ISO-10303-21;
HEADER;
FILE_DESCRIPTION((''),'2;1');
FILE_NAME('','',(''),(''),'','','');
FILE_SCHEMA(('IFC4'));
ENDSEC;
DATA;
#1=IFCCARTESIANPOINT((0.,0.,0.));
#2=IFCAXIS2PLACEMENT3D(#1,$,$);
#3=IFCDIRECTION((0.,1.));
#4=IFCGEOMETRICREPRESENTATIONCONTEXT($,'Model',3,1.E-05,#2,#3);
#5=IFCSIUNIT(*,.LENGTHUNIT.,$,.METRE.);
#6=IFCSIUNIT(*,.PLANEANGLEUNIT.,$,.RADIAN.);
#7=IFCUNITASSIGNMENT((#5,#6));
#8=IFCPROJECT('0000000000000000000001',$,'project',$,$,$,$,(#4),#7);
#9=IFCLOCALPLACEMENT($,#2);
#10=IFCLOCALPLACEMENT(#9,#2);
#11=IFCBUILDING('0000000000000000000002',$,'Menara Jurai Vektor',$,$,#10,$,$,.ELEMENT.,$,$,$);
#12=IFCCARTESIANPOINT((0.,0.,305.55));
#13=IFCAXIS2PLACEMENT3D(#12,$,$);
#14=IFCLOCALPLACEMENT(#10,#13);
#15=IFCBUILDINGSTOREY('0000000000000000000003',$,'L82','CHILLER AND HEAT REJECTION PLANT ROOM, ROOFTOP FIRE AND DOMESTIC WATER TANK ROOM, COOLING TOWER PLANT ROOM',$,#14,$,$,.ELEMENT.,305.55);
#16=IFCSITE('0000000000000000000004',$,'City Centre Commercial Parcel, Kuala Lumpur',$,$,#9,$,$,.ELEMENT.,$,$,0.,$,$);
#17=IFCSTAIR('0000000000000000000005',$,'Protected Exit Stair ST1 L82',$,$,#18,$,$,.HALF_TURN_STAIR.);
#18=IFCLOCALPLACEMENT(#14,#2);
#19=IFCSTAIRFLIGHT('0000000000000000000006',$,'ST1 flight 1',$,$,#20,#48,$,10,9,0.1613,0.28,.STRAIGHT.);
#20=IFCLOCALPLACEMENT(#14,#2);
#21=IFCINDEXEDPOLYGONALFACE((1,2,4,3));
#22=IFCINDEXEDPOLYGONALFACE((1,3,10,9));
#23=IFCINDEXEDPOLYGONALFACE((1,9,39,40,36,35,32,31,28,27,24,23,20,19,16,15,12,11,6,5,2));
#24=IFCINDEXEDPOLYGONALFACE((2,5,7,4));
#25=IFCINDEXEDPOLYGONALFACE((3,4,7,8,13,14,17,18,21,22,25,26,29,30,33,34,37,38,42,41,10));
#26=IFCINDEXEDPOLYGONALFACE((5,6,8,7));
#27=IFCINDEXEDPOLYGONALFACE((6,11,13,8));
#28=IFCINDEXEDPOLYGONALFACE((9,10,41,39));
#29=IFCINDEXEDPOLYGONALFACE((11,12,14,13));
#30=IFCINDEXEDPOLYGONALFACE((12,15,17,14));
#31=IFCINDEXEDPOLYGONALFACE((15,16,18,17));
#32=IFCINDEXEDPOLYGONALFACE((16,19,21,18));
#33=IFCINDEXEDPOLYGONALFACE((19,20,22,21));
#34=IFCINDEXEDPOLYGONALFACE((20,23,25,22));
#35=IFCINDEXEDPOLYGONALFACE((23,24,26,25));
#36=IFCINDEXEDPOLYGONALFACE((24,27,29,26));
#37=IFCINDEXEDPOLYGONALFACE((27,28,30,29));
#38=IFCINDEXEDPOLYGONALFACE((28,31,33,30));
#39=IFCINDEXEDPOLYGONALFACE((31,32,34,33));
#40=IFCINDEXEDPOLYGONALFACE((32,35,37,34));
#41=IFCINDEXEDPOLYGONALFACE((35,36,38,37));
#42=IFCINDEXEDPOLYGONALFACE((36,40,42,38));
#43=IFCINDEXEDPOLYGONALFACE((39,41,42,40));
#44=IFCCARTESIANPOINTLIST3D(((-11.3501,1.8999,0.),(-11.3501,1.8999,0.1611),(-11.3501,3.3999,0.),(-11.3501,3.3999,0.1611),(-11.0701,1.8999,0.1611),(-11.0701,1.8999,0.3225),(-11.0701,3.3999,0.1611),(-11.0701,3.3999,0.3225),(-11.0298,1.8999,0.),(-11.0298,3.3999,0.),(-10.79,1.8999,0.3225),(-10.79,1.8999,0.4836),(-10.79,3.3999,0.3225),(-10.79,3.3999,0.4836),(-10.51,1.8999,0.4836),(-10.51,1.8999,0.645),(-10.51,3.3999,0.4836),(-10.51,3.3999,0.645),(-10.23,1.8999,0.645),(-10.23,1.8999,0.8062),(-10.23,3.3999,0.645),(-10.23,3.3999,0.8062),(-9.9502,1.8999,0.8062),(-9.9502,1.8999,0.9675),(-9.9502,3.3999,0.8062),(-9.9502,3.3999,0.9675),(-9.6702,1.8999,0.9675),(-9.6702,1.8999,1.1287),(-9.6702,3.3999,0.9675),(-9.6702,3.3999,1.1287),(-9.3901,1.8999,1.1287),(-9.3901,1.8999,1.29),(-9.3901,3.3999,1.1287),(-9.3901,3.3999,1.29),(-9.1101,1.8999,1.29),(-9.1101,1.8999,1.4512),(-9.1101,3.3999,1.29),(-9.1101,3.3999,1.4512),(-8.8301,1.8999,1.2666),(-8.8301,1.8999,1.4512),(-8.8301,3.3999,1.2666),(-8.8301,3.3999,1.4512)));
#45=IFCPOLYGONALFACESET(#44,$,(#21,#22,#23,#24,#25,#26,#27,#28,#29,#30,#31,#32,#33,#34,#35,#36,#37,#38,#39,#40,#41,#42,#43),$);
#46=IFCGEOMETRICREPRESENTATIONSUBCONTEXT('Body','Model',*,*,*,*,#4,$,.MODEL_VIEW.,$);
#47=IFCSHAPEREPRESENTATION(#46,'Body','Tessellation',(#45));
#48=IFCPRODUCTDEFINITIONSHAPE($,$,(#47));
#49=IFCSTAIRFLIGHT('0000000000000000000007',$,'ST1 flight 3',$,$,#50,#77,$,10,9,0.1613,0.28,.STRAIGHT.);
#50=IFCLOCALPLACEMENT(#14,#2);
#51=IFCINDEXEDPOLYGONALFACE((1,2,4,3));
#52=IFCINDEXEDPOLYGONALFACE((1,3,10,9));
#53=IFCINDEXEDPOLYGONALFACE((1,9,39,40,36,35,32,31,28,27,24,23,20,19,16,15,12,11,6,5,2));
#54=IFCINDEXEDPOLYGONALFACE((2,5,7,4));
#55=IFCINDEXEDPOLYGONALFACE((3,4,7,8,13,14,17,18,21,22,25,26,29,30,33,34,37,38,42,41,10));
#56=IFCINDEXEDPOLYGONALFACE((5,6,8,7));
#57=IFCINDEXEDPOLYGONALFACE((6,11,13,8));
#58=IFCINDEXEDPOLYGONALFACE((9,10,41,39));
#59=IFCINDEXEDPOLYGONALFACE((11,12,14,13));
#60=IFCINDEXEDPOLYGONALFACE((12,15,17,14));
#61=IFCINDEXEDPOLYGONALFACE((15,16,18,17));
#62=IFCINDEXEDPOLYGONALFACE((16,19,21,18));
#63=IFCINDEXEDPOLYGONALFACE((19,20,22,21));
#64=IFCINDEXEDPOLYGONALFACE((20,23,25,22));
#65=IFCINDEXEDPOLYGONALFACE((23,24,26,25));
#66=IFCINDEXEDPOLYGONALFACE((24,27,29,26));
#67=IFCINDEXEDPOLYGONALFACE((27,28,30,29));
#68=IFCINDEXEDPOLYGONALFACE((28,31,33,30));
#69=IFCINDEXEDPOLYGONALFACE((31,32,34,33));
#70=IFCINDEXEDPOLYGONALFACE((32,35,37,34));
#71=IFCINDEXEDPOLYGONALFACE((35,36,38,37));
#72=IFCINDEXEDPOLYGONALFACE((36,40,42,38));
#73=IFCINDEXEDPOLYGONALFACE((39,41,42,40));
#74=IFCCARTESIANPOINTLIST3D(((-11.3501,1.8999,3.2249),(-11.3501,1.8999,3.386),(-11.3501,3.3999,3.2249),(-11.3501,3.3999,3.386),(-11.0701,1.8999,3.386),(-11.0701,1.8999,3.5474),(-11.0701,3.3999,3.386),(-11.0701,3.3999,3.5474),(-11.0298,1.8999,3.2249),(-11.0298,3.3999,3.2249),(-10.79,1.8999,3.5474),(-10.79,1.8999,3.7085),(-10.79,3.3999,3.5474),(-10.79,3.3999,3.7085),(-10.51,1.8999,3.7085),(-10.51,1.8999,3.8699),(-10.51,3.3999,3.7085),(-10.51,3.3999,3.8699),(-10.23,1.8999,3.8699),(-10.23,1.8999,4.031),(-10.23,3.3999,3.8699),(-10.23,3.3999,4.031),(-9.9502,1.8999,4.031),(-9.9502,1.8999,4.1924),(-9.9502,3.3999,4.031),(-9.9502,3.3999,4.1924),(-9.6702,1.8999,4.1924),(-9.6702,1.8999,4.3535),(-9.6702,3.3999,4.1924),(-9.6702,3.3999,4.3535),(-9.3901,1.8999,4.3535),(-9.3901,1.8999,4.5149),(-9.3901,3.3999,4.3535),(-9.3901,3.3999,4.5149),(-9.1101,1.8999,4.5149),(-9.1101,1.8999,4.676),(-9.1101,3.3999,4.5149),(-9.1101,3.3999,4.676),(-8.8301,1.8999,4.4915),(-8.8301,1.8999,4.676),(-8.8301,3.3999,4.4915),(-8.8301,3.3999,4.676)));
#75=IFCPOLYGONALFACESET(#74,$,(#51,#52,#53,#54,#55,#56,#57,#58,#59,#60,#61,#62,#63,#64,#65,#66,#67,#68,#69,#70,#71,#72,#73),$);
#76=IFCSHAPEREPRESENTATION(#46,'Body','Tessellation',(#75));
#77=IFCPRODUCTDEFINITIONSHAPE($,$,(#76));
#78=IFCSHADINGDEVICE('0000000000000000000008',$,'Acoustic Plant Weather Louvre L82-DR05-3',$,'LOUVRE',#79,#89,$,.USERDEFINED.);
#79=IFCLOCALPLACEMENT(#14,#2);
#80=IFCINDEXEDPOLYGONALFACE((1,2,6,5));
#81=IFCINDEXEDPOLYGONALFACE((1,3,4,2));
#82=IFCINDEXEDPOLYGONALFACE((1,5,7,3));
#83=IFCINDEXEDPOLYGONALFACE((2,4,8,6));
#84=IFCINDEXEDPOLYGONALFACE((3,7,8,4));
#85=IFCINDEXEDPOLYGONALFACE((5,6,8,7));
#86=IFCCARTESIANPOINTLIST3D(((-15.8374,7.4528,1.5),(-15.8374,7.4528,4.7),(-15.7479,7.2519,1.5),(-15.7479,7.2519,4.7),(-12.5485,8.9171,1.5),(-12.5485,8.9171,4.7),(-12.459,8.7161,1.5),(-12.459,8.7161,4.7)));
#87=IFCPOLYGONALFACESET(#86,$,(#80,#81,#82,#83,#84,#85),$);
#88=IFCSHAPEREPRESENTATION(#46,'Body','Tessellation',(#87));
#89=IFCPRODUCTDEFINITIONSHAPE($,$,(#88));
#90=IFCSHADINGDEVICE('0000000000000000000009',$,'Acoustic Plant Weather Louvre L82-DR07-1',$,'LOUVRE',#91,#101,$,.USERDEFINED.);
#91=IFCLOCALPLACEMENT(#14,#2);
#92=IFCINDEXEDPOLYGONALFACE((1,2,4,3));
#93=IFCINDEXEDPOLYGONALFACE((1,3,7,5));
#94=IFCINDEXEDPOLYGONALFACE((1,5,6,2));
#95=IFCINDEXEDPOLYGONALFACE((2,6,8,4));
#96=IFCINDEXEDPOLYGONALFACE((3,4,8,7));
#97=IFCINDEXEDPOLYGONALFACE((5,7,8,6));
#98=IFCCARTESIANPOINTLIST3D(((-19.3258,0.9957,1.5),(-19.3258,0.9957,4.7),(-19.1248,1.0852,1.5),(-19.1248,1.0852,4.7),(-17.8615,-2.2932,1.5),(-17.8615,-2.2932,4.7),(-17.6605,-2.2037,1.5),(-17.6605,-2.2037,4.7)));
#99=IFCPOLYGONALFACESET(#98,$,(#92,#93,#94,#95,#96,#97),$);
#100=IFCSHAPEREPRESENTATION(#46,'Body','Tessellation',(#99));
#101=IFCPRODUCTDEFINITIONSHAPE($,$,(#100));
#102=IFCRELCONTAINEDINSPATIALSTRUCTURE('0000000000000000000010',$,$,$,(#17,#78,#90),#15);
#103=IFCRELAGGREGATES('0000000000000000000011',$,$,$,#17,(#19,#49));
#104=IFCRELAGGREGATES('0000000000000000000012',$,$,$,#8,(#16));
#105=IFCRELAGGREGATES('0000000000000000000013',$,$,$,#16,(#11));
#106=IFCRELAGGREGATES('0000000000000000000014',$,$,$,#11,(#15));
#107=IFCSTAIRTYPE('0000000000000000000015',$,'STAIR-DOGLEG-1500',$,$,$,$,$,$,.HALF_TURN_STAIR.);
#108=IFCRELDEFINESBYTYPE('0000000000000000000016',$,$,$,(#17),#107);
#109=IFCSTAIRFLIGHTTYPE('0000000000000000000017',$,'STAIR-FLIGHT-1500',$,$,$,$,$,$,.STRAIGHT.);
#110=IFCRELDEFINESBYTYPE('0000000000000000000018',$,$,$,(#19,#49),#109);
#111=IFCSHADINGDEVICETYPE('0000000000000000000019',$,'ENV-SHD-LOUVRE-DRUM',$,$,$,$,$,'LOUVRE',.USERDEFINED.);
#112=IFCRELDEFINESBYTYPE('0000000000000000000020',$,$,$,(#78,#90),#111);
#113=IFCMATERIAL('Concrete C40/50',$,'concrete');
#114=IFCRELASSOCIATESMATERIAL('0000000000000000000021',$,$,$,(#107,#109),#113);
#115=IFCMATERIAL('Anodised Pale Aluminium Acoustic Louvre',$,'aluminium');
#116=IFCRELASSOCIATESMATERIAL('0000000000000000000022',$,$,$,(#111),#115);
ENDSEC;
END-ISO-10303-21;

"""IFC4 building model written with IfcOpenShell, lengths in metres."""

from ifc_helpers import new_model, si_unit, direction, frame, origin, origin_2d, place, context, subcontext, project, spatial, polyline, rectangle, outline, extrude, material, type_object, element, aggregate, save


model = new_model("IFC4")

# Units and contexts
model_context = context("Model", 3, precision=1e-05, world=origin(), true_north=direction((0.0, 1.0)))
body_context = subcontext(model_context, "Body", "Model", "MODEL_VIEW")
ifc_project = project(units=[si_unit("LENGTHUNIT", "METRE"), si_unit("PLANEANGLEUNIT", "RADIAN")], contexts=[model_context])

# Site, building, storey
site_placement = place(None, origin())
site = spatial("IfcSite", under=ifc_project, at=site_placement, Name="City Centre Commercial Parcel, Kuala Lumpur", CompositionType="ELEMENT", RefElevation=0.0)
building_placement = place(site_placement, origin())
building = spatial("IfcBuilding", under=site, at=building_placement, Name="Menara Jurai Vektor", CompositionType="ELEMENT")
storey_placement = place(building_placement, frame((0.0, 0.0, 305.55)))
storey = spatial("IfcBuildingStorey", under=building, at=storey_placement, Name="L82", Description="CHILLER AND HEAT REJECTION PLANT ROOM, ROOFTOP FIRE AND DOMESTIC WATER TANK ROOM, COOLING TOWER PLANT ROOM", CompositionType="ELEMENT", Elevation=305.55)

# Shared definitions
ifc_material_1 = material(Name="Concrete C40/50", Category="concrete")

# Stair, stair flights
stair_type = type_object("IfcStairType", Name="STAIR-DOGLEG-1500", PredefinedType="HALF_TURN_STAIR", material=ifc_material_1)
stair_placement = place(storey_placement, origin())
stair = element("IfcStair", 1, at=stair_placement, inside=storey, type_object=stair_type, Name="Protected Exit Stair ST1 L82", PredefinedType="HALF_TURN_STAIR")
stair_flight_type = type_object("IfcStairFlightType", Name="STAIR-FLIGHT-1500", PredefinedType="STRAIGHT", material=ifc_material_1)
stair_flight_1_placement = place(storey_placement, frame((-11.3501, 2.6499, 0.0), z_axis=(0.0, 0.0, 1.0), x_axis=(1.0, 0.0, 0.0)))
stair_flight_1 = element("IfcStairFlight", 2, at=stair_flight_1_placement, type_object=stair_flight_type, Name="ST1 flight 1", NumberOfRisers=10, NumberOfTreads=9, PredefinedType="STRAIGHT", RiserHeight=0.1613, TreadLength=0.28, context=body_context, shape_type="SweptSolid", body=[
    extrude(outline(polyline([(0.0, 0.0), (0.0, 0.1611), (0.28, 0.1611), (0.28, 0.3225), (0.5601, 0.3225), (0.5601, 0.4836), (0.8401, 0.4836), (0.8401, 0.645), (1.1201, 0.645), (1.1201, 0.8062), (1.3999, 0.8062), (1.3999, 0.9675), (1.6799, 0.9675), (1.6799, 1.1287), (1.96, 1.1287), (1.96, 1.29), (2.24, 1.29), (2.24, 1.4512), (2.52, 1.4512), (2.52, 1.6125), (2.52, 1.2666), (0.3203, 0.0), (0.0, 0.0)])), frame((0.0, 0.75, 0.0), z_axis=(0.0, -1.0, 0.0), x_axis=(1.0, 0.0, 0.0)), (0.0, 0.0, 1.0), 1.5),
])
stair_flight_2_placement = place(storey_placement, frame((-11.3501, 2.6499, 3.2249), z_axis=(0.0, 0.0, 1.0), x_axis=(1.0, 0.0, 0.0)))
stair_flight_2 = element("IfcStairFlight", 3, at=stair_flight_2_placement, type_object=stair_flight_type, Name="ST1 flight 3", NumberOfRisers=10, NumberOfTreads=9, PredefinedType="STRAIGHT", RiserHeight=0.1613, TreadLength=0.28, context=body_context, shape_type="SweptSolid", body=[
    extrude(outline(polyline([(0.0, 0.0), (0.0, 0.1611), (0.28, 0.1611), (0.28, 0.3225), (0.5601, 0.3225), (0.5601, 0.4836), (0.8401, 0.4836), (0.8401, 0.645), (1.1201, 0.645), (1.1201, 0.8062), (1.3999, 0.8062), (1.3999, 0.9675), (1.6799, 0.9675), (1.6799, 1.1287), (1.96, 1.1287), (1.96, 1.29), (2.24, 1.29), (2.24, 1.4512), (2.52, 1.4512), (2.52, 1.6125), (2.52, 1.2666), (0.3203, 0.0), (0.0, 0.0)])), frame((0.0, 0.75, 0.0), z_axis=(0.0, -1.0, 0.0), x_axis=(1.0, 0.0, 0.0)), (0.0, 0.0, 1.0), 1.5),
])
aggregate(stair, [stair_flight_1, stair_flight_2])

# Shading devices
ifc_material_2 = material(Name="Anodised Pale Aluminium Acoustic Louvre", Category="aluminium")
shading_device_type = type_object("IfcShadingDeviceType", Name="ENV-SHD-LOUVRE-DRUM", ElementType="LOUVRE", PredefinedType="USERDEFINED", material=ifc_material_2)
for number, where, z_axis, x_axis, name in (
    (4, (-14.1482, 8.0845, 1.5), (0.0, 0.0, 1.0), (-0.913545, -0.406737, 0.0), "Acoustic Plant Weather Louvre L82-DR05-3"),
    (5, (-18.4932, -0.604, 1.5), (0.0, 0.0, 1.0), (0.406737, -0.913545, 0.0), "Acoustic Plant Weather Louvre L82-DR07-1"),
):
    element("IfcShadingDevice", number, at=place(storey_placement, frame(where, z_axis=z_axis, x_axis=x_axis)), inside=storey, type_object=shading_device_type, Name=name, ObjectType="LOUVRE", PredefinedType="USERDEFINED", context=body_context, shape_type="SweptSolid", body=[
        extrude(rectangle(XDim=3.6001, YDim=0.22, at=origin_2d()), origin(), (0.0, 0.0, 1.0), 3.2),
    ])

save(model, "model.ifc")
